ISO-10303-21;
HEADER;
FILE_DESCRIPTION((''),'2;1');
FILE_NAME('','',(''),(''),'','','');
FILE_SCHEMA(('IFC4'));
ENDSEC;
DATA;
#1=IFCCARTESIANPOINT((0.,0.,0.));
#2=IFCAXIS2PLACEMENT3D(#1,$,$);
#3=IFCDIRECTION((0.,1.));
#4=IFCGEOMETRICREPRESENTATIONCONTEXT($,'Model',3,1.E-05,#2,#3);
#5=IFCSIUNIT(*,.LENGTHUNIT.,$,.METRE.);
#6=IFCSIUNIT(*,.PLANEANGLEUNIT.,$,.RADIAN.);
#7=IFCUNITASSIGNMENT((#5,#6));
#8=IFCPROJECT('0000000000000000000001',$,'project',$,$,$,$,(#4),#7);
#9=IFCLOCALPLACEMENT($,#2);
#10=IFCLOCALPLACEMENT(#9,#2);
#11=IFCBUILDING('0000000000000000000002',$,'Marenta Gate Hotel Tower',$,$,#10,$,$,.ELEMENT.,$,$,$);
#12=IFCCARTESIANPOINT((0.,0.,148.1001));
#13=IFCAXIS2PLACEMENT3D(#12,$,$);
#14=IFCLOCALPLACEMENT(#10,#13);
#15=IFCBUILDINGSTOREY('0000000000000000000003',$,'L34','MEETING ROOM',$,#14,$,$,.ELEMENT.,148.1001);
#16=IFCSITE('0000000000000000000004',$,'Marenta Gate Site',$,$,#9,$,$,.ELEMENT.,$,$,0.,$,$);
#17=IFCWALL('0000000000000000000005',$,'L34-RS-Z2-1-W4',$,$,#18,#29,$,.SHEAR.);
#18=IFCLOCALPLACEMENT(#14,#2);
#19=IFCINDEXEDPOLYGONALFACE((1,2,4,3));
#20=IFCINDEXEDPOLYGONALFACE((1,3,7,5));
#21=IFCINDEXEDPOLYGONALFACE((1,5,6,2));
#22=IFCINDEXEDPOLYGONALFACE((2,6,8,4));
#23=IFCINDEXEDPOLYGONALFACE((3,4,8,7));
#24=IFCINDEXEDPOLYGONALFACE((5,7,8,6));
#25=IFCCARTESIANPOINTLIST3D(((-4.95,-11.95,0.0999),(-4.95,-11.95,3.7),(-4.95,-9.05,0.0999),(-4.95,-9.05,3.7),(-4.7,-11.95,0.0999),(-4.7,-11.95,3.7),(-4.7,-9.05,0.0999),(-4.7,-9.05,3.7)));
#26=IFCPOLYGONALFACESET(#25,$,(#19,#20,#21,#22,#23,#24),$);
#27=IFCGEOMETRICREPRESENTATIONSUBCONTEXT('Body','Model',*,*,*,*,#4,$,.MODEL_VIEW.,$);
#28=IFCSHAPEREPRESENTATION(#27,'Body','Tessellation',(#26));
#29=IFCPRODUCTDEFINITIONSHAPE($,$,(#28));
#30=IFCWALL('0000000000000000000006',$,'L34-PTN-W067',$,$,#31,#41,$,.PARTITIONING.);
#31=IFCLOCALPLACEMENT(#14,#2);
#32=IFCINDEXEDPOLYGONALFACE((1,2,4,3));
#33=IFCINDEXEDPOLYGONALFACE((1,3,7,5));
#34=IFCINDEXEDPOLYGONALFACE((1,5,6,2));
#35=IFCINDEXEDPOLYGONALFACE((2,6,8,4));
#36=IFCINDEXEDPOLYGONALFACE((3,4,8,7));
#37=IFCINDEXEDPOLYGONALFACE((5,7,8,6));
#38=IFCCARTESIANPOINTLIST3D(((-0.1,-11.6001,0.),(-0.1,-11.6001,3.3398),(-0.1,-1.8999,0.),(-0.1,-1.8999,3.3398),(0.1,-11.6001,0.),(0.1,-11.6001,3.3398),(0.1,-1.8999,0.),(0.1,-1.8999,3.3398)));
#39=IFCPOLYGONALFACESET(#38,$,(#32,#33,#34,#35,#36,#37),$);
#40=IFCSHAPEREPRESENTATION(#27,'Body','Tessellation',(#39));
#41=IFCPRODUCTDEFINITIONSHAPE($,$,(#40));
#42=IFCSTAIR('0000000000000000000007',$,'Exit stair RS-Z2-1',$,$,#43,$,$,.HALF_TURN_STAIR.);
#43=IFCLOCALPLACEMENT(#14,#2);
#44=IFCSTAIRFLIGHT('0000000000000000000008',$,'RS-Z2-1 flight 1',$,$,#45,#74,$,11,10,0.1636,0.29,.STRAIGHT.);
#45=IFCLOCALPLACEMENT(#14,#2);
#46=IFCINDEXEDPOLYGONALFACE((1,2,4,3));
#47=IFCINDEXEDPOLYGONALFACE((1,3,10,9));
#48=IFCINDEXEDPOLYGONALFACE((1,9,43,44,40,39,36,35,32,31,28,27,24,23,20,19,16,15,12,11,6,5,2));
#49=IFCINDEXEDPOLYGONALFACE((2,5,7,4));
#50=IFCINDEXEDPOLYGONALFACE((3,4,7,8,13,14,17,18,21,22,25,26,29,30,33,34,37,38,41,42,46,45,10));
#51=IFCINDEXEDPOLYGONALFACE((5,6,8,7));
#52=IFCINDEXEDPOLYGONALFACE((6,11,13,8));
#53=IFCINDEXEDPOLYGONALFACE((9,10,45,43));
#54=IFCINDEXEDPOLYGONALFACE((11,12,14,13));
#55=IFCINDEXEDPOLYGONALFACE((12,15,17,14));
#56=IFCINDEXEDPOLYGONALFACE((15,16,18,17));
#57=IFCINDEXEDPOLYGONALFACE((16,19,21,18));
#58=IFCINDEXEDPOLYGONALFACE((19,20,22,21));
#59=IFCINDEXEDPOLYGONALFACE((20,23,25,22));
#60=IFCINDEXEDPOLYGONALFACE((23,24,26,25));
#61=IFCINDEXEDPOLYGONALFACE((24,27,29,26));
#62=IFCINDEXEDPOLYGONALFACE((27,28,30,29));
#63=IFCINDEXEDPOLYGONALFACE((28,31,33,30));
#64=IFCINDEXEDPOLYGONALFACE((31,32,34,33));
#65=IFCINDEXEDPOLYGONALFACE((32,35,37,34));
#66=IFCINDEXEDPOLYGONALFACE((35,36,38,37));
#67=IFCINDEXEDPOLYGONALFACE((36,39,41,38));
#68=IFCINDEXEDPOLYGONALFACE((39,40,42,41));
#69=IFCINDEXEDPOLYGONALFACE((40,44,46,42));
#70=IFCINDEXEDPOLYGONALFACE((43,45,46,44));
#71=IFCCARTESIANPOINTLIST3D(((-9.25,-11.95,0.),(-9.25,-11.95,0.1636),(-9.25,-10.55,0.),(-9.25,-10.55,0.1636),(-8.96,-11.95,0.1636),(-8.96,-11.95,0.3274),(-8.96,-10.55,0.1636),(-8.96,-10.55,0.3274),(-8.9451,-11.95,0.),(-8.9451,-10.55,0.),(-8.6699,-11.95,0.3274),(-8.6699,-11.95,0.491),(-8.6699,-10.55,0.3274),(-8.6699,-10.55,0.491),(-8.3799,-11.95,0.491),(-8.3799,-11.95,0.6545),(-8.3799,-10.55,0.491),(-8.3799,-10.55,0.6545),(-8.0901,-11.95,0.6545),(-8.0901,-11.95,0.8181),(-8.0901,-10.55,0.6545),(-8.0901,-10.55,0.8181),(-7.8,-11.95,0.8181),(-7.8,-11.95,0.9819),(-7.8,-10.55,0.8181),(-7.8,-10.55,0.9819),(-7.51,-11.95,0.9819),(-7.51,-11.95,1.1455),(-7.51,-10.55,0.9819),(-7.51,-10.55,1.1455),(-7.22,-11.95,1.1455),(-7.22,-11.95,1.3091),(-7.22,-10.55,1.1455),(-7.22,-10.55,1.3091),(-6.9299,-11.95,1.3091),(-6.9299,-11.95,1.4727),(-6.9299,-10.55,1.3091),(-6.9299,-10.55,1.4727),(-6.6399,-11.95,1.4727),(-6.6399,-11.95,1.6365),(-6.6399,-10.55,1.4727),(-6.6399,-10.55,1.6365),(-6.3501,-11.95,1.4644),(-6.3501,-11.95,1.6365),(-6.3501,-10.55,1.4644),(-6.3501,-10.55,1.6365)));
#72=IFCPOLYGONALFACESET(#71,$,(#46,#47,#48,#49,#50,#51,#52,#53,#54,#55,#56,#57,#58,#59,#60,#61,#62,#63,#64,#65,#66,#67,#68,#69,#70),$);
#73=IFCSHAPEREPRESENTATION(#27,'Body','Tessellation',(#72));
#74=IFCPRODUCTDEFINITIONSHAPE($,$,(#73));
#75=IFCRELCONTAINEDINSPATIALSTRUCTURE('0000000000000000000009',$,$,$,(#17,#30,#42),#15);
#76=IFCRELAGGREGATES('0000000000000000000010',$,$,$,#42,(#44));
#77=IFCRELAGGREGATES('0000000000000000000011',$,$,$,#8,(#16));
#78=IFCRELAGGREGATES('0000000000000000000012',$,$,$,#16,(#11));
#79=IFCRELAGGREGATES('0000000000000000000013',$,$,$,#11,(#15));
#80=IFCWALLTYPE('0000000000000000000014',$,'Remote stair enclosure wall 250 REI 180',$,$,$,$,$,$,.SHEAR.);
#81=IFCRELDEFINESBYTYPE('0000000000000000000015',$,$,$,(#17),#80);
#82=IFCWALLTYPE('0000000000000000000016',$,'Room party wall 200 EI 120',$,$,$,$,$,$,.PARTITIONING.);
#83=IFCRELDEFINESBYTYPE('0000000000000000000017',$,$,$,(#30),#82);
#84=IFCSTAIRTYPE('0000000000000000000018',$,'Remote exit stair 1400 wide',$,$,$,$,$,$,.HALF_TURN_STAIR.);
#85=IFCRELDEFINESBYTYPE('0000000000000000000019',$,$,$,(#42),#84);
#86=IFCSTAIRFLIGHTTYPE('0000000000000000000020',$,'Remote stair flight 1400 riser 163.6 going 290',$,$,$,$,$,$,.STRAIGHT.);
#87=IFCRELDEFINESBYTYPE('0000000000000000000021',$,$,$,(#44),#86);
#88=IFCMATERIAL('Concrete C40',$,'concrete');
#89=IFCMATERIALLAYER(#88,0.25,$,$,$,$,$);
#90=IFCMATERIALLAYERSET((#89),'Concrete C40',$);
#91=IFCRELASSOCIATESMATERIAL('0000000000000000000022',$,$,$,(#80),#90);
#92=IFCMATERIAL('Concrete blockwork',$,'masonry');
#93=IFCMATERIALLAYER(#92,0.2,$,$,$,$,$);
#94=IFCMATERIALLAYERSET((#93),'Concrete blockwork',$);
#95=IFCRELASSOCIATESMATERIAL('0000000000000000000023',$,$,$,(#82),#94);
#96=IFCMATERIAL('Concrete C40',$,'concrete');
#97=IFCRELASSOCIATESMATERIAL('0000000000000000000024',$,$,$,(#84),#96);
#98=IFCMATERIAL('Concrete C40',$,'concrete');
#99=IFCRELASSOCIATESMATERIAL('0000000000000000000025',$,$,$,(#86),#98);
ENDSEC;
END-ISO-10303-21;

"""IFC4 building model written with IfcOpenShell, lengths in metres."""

from ifc_helpers import new_model, si_unit, direction, frame, frame_2d, origin, place, context, subcontext, project, spatial, polyline, rectangle, outline, extrude, material, layer, layer_set, type_object, element, aggregate, save


model = new_model("IFC4")

# Units and contexts
model_context = context("Model", 3, precision=1e-05, world=origin(), true_north=direction((0.0, 1.0)))
body_context = subcontext(model_context, "Body", "Model", "MODEL_VIEW")
ifc_project = project(units=[si_unit("LENGTHUNIT", "METRE"), si_unit("PLANEANGLEUNIT", "RADIAN")], contexts=[model_context])

# Site, building, storey
site_placement = place(None, origin())
site = spatial("IfcSite", under=ifc_project, at=site_placement, Name="Marenta Gate Site", CompositionType="ELEMENT", RefElevation=0.0)
building_placement = place(site_placement, origin())
building = spatial("IfcBuilding", under=site, at=building_placement, Name="Marenta Gate Hotel Tower", CompositionType="ELEMENT")
storey_placement = place(building_placement, frame((0.0, 0.0, 148.1001)))
storey = spatial("IfcBuildingStorey", under=building, at=storey_placement, Name="L34", Description="MEETING ROOM", CompositionType="ELEMENT", Elevation=148.1001)

# Wall
ifc_material_1 = material(Name="Concrete C40", Category="concrete")
ifc_layer_1 = layer(ifc_material_1, 0.25)
ifc_layer_set_1 = layer_set([ifc_layer_1], Name="Concrete C40")
wall_type_1 = type_object("IfcWallType", Name="Remote stair enclosure wall 250 REI 180", PredefinedType="SHEAR", material=ifc_layer_set_1)
wall_1_placement = place(storey_placement, frame((-4.825, -11.95, 0.0999), z_axis=(0.0, 0.0, 1.0), x_axis=(0.0, 1.0, 0.0)))
element("IfcWall", 1, at=wall_1_placement, inside=storey, type_object=wall_type_1, Name="L34-RS-Z2-1-W4", PredefinedType="SHEAR", context=body_context, shape_type="SweptSolid", body=[
    extrude(rectangle(XDim=2.8999, YDim=0.25, at=frame_2d((1.45, 0.0))), origin(), (0.0, 0.0, 1.0), 3.6001),
])

# Wall
ifc_material_2 = material(Name="Concrete blockwork", Category="masonry")
ifc_layer_2 = layer(ifc_material_2, 0.2)
ifc_layer_set_2 = layer_set([ifc_layer_2], Name="Concrete blockwork")
wall_type_2 = type_object("IfcWallType", Name="Room party wall 200 EI 120", PredefinedType="PARTITIONING", material=ifc_layer_set_2)
wall_2_placement = place(storey_placement, frame((0.0, -11.6001, 0.0), z_axis=(0.0, 0.0, 1.0), x_axis=(0.0, 1.0, 0.0)))
element("IfcWall", 2, at=wall_2_placement, inside=storey, type_object=wall_type_2, Name="L34-PTN-W067", PredefinedType="PARTITIONING", context=body_context, shape_type="SweptSolid", body=[
    extrude(rectangle(XDim=9.7002, YDim=0.2, at=frame_2d((4.8501, 0.0))), origin(), (0.0, 0.0, 1.0), 3.3398),
])

# Stair, stair flight
ifc_material_3 = material(Name="Concrete C40", Category="concrete")
stair_type = type_object("IfcStairType", Name="Remote exit stair 1400 wide", PredefinedType="HALF_TURN_STAIR", material=ifc_material_3)
stair_placement = place(storey_placement, origin())
stair = element("IfcStair", 3, at=stair_placement, inside=storey, type_object=stair_type, Name="Exit stair RS-Z2-1", PredefinedType="HALF_TURN_STAIR")
ifc_material_4 = material(Name="Concrete C40", Category="concrete")
stair_flight_type = type_object("IfcStairFlightType", Name="Remote stair flight 1400 riser 163.6 going 290", PredefinedType="STRAIGHT", material=ifc_material_4)
stair_flight_placement = place(storey_placement, frame((-9.25, -11.25, 0.0), z_axis=(0.0, 0.0, 1.0), x_axis=(1.0, 0.0, 0.0)))
stair_flight = element("IfcStairFlight", 4, at=stair_flight_placement, type_object=stair_flight_type, Name="RS-Z2-1 flight 1", NumberOfRisers=11, NumberOfTreads=10, PredefinedType="STRAIGHT", RiserHeight=0.1636, TreadLength=0.29, context=body_context, shape_type="SweptSolid", body=[
    extrude(outline(polyline([(0.0, 0.0), (0.0, 0.1636), (0.29, 0.1636), (0.29, 0.3274), (0.5801, 0.3274), (0.5801, 0.491), (0.8701, 0.491), (0.8701, 0.6545), (1.1599, 0.6545), (1.1599, 0.8181), (1.45, 0.8181), (1.45, 0.9819), (1.74, 0.9819), (1.74, 1.1455), (2.03, 1.1455), (2.03, 1.3091), (2.3201, 1.3091), (2.3201, 1.4727), (2.6101, 1.4727), (2.6101, 1.6365), (2.8999, 1.6365), (2.8999, 1.8), (2.8999, 1.4644), (0.3049, 0.0), (0.0, 0.0)])), frame((0.0, 0.7, 0.0), z_axis=(0.0, -1.0, 0.0), x_axis=(1.0, 0.0, 0.0)), (0.0, 0.0, 1.0), 1.3999),
])
aggregate(stair, [stair_flight])

save(model, "model.ifc")
